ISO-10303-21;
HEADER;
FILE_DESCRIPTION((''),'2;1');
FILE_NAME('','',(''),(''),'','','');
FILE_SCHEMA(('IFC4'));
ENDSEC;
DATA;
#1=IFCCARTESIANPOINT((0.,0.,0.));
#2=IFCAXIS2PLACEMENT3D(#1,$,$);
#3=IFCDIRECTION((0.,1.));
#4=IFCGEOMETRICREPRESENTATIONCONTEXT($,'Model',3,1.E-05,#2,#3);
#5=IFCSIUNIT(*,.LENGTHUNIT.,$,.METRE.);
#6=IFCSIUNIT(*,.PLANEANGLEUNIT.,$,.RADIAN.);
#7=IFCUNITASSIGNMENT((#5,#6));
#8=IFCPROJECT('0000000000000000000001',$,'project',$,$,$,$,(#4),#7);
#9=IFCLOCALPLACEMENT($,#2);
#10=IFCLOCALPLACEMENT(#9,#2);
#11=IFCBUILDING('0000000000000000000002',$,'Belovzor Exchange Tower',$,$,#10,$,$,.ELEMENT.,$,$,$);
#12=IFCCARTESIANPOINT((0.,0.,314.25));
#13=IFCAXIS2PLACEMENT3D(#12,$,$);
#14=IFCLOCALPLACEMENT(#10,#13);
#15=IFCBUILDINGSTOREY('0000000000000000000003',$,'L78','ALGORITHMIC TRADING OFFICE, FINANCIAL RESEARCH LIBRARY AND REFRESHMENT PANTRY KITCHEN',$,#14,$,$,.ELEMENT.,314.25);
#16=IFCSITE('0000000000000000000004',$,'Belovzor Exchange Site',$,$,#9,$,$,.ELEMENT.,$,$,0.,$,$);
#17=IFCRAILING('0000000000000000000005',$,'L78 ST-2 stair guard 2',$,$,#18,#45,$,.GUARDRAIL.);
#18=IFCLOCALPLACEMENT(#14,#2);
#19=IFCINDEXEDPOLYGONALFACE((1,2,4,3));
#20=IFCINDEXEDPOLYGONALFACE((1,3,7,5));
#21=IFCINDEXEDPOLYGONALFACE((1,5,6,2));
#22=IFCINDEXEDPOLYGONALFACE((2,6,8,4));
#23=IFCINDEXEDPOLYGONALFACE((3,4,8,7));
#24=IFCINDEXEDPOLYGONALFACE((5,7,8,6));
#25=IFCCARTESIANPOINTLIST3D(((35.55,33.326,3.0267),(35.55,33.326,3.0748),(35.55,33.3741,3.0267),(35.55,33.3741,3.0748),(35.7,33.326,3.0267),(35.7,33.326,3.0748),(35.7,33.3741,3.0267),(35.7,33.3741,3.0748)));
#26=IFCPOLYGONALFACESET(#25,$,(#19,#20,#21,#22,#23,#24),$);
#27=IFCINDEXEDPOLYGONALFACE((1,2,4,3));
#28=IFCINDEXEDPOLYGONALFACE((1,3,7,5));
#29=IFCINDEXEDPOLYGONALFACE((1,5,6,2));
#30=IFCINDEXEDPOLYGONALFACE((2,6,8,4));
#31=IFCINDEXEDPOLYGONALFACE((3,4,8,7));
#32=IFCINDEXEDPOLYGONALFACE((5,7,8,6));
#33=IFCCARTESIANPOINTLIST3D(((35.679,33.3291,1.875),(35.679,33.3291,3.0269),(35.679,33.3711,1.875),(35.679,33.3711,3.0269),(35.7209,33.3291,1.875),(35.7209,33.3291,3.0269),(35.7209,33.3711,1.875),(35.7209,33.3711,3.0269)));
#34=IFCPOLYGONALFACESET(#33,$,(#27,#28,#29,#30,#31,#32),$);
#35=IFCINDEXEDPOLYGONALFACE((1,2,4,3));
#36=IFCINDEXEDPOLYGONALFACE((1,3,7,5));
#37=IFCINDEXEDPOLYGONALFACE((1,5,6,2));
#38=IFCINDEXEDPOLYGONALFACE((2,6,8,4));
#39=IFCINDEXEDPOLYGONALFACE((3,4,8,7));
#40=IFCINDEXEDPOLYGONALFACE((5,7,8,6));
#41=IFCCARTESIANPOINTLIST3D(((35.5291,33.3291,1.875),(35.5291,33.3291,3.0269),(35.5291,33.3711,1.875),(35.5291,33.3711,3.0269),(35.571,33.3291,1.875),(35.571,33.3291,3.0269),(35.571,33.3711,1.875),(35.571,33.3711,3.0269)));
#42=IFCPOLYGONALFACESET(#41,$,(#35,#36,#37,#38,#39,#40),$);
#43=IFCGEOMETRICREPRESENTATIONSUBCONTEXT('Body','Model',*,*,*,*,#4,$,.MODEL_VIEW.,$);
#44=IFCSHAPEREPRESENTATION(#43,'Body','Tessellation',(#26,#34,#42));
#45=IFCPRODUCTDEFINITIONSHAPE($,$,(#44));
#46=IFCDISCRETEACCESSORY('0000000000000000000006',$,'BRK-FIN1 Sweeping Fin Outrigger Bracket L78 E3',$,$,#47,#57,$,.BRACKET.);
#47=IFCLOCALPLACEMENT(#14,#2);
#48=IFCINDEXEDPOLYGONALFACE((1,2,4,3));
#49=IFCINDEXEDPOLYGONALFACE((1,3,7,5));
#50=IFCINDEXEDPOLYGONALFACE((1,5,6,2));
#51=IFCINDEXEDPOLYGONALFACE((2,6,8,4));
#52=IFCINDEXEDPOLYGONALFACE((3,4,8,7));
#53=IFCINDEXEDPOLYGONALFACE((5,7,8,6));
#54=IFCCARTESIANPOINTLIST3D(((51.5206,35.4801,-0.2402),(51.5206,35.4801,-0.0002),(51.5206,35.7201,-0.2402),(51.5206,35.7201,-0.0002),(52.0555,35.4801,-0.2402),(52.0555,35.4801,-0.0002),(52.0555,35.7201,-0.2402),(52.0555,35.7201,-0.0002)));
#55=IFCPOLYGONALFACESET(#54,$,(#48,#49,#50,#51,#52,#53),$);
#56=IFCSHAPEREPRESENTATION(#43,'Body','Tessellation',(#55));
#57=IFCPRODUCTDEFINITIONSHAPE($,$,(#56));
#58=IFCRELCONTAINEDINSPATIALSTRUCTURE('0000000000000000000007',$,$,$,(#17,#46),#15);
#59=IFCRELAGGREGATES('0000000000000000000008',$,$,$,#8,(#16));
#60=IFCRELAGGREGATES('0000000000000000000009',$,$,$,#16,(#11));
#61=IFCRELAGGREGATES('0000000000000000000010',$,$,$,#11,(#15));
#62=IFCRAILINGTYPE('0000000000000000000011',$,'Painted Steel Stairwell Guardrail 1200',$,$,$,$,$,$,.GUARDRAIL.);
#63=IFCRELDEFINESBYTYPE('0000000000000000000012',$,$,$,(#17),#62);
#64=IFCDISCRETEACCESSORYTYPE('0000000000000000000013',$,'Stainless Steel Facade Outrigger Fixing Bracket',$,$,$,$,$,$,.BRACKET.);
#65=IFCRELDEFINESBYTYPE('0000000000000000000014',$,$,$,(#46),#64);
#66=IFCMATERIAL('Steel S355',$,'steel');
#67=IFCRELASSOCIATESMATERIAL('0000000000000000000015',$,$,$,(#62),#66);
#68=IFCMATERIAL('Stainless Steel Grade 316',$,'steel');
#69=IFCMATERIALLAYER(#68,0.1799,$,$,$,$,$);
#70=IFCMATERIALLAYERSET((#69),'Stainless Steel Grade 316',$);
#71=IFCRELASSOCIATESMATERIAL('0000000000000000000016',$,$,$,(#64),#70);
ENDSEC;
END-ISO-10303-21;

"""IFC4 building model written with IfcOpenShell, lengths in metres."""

from ifc_helpers import new_model, si_unit, direction, frame, origin, origin_2d, place, context, subcontext, project, spatial, rectangle, extrude, material, layer, layer_set, type_object, element, save


model = new_model("IFC4")

# Units and contexts
model_context = context("Model", 3, precision=1e-05, world=origin(), true_north=direction((0.0, 1.0)))
body_context = subcontext(model_context, "Body", "Model", "MODEL_VIEW")
ifc_project = project(units=[si_unit("LENGTHUNIT", "METRE"), si_unit("PLANEANGLEUNIT", "RADIAN")], contexts=[model_context])

# Site, building, storey
site_placement = place(None, origin())
site = spatial("IfcSite", under=ifc_project, at=site_placement, Name="Belovzor Exchange Site", CompositionType="ELEMENT", RefElevation=0.0)
building_placement = place(site_placement, origin())
building = spatial("IfcBuilding", under=site, at=building_placement, Name="Belovzor Exchange Tower", CompositionType="ELEMENT")
storey_placement = place(building_placement, frame((0.0, 0.0, 314.25)))
storey = spatial("IfcBuildingStorey", under=building, at=storey_placement, Name="L78", Description="ALGORITHMIC TRADING OFFICE, FINANCIAL RESEARCH LIBRARY AND REFRESHMENT PANTRY KITCHEN", CompositionType="ELEMENT", Elevation=314.25)

# Railing
ifc_material_1 = material(Name="Steel S355", Category="steel")
railing_type_1 = type_object("IfcRailingType", Name="Painted Steel Stairwell Guardrail 1200", PredefinedType="GUARDRAIL", material=ifc_material_1)
railing_1_placement = place(storey_placement, frame((35.7, 33.3501, 1.875)))
element("IfcRailing", 1, at=railing_1_placement, inside=storey, type_object=railing_type_1, Name="L78 ST-2 stair guard 2", PredefinedType="GUARDRAIL", context=body_context, shape_type="SweptSolid", body=[
    extrude(rectangle(XDim=0.0481, YDim=0.0481, at=origin_2d()), frame((0.0, 0.0, 1.1758), z_axis=(-1.0, 0.0, 0.0), x_axis=(0.0, -1.0, 0.0)), (0.0, 0.0, 1.0), 0.1499),
    extrude(rectangle(XDim=0.042, YDim=0.042, at=origin_2d()), origin(), (0.0, 0.0, 1.0), 1.1519),
    extrude(rectangle(XDim=0.042, YDim=0.042, at=origin_2d()), frame((-0.1499, 0.0, 0.0)), (0.0, 0.0, 1.0), 1.1519),
])

# Discrete accessory
ifc_material_2 = material(Name="Stainless Steel Grade 316", Category="steel")
ifc_layer_1 = layer(ifc_material_2, 0.1799)
ifc_layer_set_1 = layer_set([ifc_layer_1], Name="Stainless Steel Grade 316")
discrete_accessory_type = type_object("IfcDiscreteAccessoryType", Name="Stainless Steel Facade Outrigger Fixing Bracket", PredefinedType="BRACKET", material=ifc_layer_set_1)
discrete_accessory_placement = place(storey_placement, frame((51.7881, 35.6001, -0.2402), z_axis=(0.0, 0.0, 1.0), x_axis=(1.0, 0.0, 0.0)))
element("IfcDiscreteAccessory", 2, at=discrete_accessory_placement, inside=storey, type_object=discrete_accessory_type, Name="BRK-FIN1 Sweeping Fin Outrigger Bracket L78 E3", PredefinedType="BRACKET", context=body_context, shape_type="SweptSolid", body=[
    extrude(rectangle(XDim=0.5349, YDim=0.24, at=origin_2d()), origin(), (0.0, 0.0, 1.0), 0.24),
])

save(model, "model.ifc")
